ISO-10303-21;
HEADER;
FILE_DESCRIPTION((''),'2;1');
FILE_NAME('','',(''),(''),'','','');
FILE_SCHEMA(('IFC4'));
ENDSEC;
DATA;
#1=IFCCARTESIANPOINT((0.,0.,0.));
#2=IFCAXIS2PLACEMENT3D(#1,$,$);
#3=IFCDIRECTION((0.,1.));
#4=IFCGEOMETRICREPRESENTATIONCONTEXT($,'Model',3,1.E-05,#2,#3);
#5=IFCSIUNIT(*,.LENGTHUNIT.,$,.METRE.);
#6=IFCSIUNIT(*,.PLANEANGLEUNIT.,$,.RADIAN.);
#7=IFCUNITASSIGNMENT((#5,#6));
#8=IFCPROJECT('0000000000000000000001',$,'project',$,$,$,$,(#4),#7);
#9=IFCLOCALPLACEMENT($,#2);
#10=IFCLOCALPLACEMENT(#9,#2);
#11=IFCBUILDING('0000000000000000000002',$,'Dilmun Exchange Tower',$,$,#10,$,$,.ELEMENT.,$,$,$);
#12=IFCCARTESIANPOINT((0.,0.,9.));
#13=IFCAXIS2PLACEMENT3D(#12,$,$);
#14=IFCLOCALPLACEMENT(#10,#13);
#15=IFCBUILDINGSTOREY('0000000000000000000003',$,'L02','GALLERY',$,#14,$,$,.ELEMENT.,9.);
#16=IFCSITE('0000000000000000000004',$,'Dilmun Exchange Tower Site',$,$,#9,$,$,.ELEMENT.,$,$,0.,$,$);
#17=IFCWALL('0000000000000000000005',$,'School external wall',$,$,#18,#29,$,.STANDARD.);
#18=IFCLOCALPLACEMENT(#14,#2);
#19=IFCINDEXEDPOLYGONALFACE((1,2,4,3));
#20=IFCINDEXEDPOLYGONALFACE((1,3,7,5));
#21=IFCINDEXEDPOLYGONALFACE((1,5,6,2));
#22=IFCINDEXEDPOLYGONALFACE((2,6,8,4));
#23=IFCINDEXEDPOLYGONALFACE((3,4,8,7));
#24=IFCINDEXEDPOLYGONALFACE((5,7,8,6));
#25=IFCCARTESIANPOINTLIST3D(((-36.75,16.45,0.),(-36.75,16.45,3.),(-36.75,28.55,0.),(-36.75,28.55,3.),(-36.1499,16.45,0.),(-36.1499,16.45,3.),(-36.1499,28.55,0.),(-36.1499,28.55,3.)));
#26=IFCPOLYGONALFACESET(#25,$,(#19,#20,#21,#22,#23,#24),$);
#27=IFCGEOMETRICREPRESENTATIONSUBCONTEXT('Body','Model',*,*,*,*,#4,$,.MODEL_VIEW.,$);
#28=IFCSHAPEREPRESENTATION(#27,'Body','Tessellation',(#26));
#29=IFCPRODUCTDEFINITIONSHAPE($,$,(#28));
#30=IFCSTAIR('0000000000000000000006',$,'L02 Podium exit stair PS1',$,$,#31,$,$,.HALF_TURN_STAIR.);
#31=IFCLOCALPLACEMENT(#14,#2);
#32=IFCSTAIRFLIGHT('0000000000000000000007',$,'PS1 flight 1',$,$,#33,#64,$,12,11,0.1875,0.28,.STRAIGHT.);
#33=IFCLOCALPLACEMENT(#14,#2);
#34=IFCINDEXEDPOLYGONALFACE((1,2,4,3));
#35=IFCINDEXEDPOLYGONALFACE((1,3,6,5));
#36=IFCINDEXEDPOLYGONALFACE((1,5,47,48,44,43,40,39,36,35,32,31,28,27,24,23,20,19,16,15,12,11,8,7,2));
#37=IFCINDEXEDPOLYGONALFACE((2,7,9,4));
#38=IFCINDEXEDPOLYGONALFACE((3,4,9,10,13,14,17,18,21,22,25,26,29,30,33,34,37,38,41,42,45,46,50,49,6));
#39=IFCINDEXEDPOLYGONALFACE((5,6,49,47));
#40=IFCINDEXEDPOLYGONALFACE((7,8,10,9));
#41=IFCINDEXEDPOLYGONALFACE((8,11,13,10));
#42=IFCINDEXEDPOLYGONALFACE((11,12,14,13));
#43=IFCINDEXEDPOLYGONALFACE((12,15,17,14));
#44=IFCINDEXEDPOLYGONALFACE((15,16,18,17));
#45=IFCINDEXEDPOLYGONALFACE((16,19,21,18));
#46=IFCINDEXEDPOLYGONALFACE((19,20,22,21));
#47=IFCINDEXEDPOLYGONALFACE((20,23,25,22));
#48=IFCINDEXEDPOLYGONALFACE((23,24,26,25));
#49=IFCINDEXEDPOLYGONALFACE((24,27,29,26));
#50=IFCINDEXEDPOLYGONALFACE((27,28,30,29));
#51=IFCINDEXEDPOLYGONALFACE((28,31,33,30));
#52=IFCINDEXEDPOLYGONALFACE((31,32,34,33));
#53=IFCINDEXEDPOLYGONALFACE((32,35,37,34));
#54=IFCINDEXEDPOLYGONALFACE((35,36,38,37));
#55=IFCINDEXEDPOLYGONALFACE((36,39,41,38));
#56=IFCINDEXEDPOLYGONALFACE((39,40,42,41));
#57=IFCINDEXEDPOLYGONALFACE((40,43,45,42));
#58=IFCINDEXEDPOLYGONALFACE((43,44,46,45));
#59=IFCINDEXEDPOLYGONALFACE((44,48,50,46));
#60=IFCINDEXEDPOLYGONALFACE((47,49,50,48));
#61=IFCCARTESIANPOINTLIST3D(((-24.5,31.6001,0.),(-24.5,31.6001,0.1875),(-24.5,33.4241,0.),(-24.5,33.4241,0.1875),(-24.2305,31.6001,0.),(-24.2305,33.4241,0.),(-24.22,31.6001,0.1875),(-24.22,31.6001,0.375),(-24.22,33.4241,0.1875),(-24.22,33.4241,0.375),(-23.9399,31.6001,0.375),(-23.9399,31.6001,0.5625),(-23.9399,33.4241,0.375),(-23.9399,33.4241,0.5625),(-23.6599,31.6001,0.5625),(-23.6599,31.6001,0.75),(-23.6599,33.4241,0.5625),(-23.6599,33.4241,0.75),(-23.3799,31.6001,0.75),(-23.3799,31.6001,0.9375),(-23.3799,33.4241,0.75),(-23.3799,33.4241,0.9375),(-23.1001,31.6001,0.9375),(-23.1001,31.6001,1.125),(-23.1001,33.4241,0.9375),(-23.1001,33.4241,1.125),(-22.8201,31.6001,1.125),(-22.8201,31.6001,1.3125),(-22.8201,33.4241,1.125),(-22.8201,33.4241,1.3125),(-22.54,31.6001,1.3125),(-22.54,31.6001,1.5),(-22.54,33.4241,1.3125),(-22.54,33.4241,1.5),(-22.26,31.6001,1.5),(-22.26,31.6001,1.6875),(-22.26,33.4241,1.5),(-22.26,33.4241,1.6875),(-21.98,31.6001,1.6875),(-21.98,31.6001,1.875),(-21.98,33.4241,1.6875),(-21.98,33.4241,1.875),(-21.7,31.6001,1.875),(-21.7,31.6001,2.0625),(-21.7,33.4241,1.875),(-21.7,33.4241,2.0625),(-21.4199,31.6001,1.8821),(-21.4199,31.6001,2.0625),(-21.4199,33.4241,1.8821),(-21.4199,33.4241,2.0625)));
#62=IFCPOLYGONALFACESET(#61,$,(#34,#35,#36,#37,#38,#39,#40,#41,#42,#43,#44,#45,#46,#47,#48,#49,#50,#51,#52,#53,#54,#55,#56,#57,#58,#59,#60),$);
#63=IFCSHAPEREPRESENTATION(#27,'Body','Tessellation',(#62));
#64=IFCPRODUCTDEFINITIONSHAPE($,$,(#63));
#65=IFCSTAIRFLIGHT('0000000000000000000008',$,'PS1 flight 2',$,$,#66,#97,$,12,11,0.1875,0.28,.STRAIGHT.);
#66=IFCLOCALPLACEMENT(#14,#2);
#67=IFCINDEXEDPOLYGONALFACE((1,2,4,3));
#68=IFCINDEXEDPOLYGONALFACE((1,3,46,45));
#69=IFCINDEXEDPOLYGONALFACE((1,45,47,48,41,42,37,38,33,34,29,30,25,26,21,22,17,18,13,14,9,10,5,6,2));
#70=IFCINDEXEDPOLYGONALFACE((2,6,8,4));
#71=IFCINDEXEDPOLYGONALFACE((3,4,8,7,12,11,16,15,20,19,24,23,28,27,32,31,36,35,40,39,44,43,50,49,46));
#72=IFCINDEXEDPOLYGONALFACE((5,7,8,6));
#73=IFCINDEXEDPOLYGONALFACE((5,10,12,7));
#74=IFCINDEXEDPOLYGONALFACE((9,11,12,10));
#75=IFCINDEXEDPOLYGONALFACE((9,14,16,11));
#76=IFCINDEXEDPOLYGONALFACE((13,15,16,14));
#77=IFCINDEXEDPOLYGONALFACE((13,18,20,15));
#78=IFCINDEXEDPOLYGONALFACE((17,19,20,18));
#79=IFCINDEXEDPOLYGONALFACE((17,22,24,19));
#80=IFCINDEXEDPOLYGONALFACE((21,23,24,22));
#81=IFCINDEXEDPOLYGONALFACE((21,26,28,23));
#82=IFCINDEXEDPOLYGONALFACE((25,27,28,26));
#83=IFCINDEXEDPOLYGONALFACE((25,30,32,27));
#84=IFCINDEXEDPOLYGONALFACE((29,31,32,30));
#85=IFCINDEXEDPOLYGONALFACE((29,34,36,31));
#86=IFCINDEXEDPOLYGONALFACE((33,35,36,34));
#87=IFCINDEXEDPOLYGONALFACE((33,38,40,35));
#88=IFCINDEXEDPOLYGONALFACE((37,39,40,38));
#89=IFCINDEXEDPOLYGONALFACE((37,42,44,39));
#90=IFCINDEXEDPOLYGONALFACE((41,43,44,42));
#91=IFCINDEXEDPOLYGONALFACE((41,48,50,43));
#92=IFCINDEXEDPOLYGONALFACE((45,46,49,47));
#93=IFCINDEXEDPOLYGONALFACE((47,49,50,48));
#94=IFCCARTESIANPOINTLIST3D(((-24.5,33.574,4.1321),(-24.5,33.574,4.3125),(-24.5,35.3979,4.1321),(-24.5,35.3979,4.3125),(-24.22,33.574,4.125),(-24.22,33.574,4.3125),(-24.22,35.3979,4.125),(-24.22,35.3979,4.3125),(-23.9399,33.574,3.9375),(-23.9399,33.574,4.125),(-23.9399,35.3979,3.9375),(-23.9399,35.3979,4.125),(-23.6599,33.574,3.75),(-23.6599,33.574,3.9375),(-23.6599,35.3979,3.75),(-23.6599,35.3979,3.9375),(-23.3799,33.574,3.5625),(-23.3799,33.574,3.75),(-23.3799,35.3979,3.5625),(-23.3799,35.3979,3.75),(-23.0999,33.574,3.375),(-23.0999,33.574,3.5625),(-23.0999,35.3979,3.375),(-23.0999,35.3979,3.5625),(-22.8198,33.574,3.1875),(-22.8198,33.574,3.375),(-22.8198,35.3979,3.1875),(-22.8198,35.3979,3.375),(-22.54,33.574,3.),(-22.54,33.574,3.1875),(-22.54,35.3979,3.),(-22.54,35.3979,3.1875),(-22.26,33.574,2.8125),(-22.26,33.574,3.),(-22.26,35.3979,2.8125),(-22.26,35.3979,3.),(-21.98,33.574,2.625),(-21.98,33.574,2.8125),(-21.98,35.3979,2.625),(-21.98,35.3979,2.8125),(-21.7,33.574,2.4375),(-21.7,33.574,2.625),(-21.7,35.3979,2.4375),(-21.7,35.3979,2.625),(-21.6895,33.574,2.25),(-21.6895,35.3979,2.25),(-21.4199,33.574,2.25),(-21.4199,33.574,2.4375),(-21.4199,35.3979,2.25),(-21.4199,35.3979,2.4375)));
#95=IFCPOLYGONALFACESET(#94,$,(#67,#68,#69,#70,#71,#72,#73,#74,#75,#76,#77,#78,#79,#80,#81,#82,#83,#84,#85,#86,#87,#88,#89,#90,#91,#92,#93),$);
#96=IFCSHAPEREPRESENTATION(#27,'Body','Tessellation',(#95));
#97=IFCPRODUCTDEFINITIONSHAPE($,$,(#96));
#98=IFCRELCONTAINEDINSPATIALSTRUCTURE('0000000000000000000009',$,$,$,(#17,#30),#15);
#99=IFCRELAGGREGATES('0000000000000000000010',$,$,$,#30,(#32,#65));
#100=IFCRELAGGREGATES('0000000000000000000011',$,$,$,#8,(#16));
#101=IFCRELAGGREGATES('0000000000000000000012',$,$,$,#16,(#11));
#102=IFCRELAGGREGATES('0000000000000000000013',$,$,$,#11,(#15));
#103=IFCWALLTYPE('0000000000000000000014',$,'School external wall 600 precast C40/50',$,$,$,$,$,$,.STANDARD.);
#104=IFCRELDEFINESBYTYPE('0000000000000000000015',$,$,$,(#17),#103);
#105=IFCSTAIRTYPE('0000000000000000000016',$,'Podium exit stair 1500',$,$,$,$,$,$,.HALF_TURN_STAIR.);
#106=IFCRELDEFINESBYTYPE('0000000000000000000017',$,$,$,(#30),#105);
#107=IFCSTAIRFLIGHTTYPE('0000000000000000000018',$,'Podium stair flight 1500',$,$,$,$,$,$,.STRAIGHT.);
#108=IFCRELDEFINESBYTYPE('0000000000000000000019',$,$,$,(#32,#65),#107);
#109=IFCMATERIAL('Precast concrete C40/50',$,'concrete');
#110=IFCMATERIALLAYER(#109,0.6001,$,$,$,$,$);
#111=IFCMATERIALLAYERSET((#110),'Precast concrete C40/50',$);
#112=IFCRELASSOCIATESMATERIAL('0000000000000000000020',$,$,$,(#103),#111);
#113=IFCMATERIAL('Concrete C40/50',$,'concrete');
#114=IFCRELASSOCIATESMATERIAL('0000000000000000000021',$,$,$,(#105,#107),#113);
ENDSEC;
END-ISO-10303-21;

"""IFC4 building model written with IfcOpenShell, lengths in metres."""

from ifc_helpers import new_model, si_unit, direction, frame, frame_2d, origin, place, context, subcontext, project, spatial, polyline, rectangle, outline, extrude, material, layer, layer_set, type_object, element, aggregate, save


model = new_model("IFC4")

# Units and contexts
model_context = context("Model", 3, precision=1e-05, world=origin(), true_north=direction((0.0, 1.0)))
body_context = subcontext(model_context, "Body", "Model", "MODEL_VIEW")
ifc_project = project(units=[si_unit("LENGTHUNIT", "METRE"), si_unit("PLANEANGLEUNIT", "RADIAN")], contexts=[model_context])

# Site, building, storey
site_placement = place(None, origin())
site = spatial("IfcSite", under=ifc_project, at=site_placement, Name="Dilmun Exchange Tower Site", CompositionType="ELEMENT", RefElevation=0.0)
building_placement = place(site_placement, origin())
building = spatial("IfcBuilding", under=site, at=building_placement, Name="Dilmun Exchange Tower", CompositionType="ELEMENT")
storey_placement = place(building_placement, frame((0.0, 0.0, 9.0)))
storey = spatial("IfcBuildingStorey", under=building, at=storey_placement, Name="L02", Description="GALLERY", CompositionType="ELEMENT", Elevation=9.0)

# Shared definitions
ifc_material_1 = material(Name="Concrete C40/50", Category="concrete")

# Wall
ifc_material_2 = material(Name="Precast concrete C40/50", Category="concrete")
ifc_layer_1 = layer(ifc_material_2, 0.6001)
ifc_layer_set_1 = layer_set([ifc_layer_1], Name="Precast concrete C40/50")
wall_type_1 = type_object("IfcWallType", Name="School external wall 600 precast C40/50", PredefinedType="STANDARD", material=ifc_layer_set_1)
wall_1_placement = place(storey_placement, frame((-36.45, 28.55, 0.0), z_axis=(0.0, 0.0, 1.0), x_axis=(0.0, -1.0, 0.0)))
element("IfcWall", 1, at=wall_1_placement, inside=storey, type_object=wall_type_1, Name="School external wall", PredefinedType="STANDARD", context=body_context, shape_type="SweptSolid", body=[
    extrude(rectangle(XDim=12.1001, YDim=0.6001, at=frame_2d((6.05, 0.0))), origin(), (0.0, 0.0, 1.0), 3.0),
])

# Stair, stair flights
stair_type = type_object("IfcStairType", Name="Podium exit stair 1500", PredefinedType="HALF_TURN_STAIR", material=ifc_material_1)
stair_placement = place(storey_placement, origin())
stair = element("IfcStair", 2, at=stair_placement, inside=storey, type_object=stair_type, Name="L02 Podium exit stair PS1", PredefinedType="HALF_TURN_STAIR")
stair_flight_type = type_object("IfcStairFlightType", Name="Podium stair flight 1500", PredefinedType="STRAIGHT", material=ifc_material_1)
stair_flight_1_placement = place(storey_placement, frame((-24.5, 32.512, 0.0), z_axis=(0.0, 0.0, 1.0), x_axis=(1.0, 0.0, 0.0)))
stair_flight_1 = element("IfcStairFlight", 3, at=stair_flight_1_placement, type_object=stair_flight_type, Name="PS1 flight 1", NumberOfRisers=12, NumberOfTreads=11, PredefinedType="STRAIGHT", RiserHeight=0.1875, TreadLength=0.28, context=body_context, shape_type="SweptSolid", body=[
    extrude(outline(polyline([(0.0, 0.0), (0.0, 0.1875), (0.28, 0.1875), (0.28, 0.375), (0.5601, 0.375), (0.5601, 0.5625), (0.8401, 0.5625), (0.8401, 0.75), (1.1201, 0.75), (1.1201, 0.9375), (1.3999, 0.9375), (1.3999, 1.125), (1.6799, 1.125), (1.6799, 1.3125), (1.96, 1.3125), (1.96, 1.5), (2.24, 1.5), (2.24, 1.6875), (2.52, 1.6875), (2.52, 1.875), (2.8, 1.875), (2.8, 2.0625), (3.0801, 2.0625), (3.0801, 2.25), (3.0801, 1.8821), (0.2695, 0.0), (0.0, 0.0)])), frame((0.0, 0.9121, 0.0), z_axis=(0.0, -1.0, 0.0), x_axis=(1.0, 0.0, 0.0)), (0.0, 0.0, 1.0), 1.824),
])
stair_flight_2_placement = place(storey_placement, frame((-21.4199, 34.4861, 2.25), z_axis=(0.0, 0.0, 1.0), x_axis=(-1.0, 0.0, 0.0)))
stair_flight_2 = element("IfcStairFlight", 4, at=stair_flight_2_placement, type_object=stair_flight_type, Name="PS1 flight 2", NumberOfRisers=12, NumberOfTreads=11, PredefinedType="STRAIGHT", RiserHeight=0.1875, TreadLength=0.28, context=body_context, shape_type="SweptSolid", body=[
    extrude(outline(polyline([(0.0, 0.0), (0.0, 0.1875), (0.28, 0.1875), (0.28, 0.375), (0.5601, 0.375), (0.5601, 0.5625), (0.8401, 0.5625), (0.8401, 0.75), (1.1201, 0.75), (1.1201, 0.9375), (1.3999, 0.9375), (1.3999, 1.125), (1.6799, 1.125), (1.6799, 1.3125), (1.96, 1.3125), (1.96, 1.5), (2.24, 1.5), (2.24, 1.6875), (2.52, 1.6875), (2.52, 1.875), (2.8, 1.875), (2.8, 2.0625), (3.0801, 2.0625), (3.0801, 2.25), (3.0801, 1.8821), (0.2695, 0.0), (0.0, 0.0)])), frame((0.0, 0.9121, 0.0), z_axis=(0.0, -1.0, 0.0), x_axis=(1.0, 0.0, 0.0)), (0.0, 0.0, 1.0), 1.824),
])
aggregate(stair, [stair_flight_1, stair_flight_2])

save(model, "model.ifc")
